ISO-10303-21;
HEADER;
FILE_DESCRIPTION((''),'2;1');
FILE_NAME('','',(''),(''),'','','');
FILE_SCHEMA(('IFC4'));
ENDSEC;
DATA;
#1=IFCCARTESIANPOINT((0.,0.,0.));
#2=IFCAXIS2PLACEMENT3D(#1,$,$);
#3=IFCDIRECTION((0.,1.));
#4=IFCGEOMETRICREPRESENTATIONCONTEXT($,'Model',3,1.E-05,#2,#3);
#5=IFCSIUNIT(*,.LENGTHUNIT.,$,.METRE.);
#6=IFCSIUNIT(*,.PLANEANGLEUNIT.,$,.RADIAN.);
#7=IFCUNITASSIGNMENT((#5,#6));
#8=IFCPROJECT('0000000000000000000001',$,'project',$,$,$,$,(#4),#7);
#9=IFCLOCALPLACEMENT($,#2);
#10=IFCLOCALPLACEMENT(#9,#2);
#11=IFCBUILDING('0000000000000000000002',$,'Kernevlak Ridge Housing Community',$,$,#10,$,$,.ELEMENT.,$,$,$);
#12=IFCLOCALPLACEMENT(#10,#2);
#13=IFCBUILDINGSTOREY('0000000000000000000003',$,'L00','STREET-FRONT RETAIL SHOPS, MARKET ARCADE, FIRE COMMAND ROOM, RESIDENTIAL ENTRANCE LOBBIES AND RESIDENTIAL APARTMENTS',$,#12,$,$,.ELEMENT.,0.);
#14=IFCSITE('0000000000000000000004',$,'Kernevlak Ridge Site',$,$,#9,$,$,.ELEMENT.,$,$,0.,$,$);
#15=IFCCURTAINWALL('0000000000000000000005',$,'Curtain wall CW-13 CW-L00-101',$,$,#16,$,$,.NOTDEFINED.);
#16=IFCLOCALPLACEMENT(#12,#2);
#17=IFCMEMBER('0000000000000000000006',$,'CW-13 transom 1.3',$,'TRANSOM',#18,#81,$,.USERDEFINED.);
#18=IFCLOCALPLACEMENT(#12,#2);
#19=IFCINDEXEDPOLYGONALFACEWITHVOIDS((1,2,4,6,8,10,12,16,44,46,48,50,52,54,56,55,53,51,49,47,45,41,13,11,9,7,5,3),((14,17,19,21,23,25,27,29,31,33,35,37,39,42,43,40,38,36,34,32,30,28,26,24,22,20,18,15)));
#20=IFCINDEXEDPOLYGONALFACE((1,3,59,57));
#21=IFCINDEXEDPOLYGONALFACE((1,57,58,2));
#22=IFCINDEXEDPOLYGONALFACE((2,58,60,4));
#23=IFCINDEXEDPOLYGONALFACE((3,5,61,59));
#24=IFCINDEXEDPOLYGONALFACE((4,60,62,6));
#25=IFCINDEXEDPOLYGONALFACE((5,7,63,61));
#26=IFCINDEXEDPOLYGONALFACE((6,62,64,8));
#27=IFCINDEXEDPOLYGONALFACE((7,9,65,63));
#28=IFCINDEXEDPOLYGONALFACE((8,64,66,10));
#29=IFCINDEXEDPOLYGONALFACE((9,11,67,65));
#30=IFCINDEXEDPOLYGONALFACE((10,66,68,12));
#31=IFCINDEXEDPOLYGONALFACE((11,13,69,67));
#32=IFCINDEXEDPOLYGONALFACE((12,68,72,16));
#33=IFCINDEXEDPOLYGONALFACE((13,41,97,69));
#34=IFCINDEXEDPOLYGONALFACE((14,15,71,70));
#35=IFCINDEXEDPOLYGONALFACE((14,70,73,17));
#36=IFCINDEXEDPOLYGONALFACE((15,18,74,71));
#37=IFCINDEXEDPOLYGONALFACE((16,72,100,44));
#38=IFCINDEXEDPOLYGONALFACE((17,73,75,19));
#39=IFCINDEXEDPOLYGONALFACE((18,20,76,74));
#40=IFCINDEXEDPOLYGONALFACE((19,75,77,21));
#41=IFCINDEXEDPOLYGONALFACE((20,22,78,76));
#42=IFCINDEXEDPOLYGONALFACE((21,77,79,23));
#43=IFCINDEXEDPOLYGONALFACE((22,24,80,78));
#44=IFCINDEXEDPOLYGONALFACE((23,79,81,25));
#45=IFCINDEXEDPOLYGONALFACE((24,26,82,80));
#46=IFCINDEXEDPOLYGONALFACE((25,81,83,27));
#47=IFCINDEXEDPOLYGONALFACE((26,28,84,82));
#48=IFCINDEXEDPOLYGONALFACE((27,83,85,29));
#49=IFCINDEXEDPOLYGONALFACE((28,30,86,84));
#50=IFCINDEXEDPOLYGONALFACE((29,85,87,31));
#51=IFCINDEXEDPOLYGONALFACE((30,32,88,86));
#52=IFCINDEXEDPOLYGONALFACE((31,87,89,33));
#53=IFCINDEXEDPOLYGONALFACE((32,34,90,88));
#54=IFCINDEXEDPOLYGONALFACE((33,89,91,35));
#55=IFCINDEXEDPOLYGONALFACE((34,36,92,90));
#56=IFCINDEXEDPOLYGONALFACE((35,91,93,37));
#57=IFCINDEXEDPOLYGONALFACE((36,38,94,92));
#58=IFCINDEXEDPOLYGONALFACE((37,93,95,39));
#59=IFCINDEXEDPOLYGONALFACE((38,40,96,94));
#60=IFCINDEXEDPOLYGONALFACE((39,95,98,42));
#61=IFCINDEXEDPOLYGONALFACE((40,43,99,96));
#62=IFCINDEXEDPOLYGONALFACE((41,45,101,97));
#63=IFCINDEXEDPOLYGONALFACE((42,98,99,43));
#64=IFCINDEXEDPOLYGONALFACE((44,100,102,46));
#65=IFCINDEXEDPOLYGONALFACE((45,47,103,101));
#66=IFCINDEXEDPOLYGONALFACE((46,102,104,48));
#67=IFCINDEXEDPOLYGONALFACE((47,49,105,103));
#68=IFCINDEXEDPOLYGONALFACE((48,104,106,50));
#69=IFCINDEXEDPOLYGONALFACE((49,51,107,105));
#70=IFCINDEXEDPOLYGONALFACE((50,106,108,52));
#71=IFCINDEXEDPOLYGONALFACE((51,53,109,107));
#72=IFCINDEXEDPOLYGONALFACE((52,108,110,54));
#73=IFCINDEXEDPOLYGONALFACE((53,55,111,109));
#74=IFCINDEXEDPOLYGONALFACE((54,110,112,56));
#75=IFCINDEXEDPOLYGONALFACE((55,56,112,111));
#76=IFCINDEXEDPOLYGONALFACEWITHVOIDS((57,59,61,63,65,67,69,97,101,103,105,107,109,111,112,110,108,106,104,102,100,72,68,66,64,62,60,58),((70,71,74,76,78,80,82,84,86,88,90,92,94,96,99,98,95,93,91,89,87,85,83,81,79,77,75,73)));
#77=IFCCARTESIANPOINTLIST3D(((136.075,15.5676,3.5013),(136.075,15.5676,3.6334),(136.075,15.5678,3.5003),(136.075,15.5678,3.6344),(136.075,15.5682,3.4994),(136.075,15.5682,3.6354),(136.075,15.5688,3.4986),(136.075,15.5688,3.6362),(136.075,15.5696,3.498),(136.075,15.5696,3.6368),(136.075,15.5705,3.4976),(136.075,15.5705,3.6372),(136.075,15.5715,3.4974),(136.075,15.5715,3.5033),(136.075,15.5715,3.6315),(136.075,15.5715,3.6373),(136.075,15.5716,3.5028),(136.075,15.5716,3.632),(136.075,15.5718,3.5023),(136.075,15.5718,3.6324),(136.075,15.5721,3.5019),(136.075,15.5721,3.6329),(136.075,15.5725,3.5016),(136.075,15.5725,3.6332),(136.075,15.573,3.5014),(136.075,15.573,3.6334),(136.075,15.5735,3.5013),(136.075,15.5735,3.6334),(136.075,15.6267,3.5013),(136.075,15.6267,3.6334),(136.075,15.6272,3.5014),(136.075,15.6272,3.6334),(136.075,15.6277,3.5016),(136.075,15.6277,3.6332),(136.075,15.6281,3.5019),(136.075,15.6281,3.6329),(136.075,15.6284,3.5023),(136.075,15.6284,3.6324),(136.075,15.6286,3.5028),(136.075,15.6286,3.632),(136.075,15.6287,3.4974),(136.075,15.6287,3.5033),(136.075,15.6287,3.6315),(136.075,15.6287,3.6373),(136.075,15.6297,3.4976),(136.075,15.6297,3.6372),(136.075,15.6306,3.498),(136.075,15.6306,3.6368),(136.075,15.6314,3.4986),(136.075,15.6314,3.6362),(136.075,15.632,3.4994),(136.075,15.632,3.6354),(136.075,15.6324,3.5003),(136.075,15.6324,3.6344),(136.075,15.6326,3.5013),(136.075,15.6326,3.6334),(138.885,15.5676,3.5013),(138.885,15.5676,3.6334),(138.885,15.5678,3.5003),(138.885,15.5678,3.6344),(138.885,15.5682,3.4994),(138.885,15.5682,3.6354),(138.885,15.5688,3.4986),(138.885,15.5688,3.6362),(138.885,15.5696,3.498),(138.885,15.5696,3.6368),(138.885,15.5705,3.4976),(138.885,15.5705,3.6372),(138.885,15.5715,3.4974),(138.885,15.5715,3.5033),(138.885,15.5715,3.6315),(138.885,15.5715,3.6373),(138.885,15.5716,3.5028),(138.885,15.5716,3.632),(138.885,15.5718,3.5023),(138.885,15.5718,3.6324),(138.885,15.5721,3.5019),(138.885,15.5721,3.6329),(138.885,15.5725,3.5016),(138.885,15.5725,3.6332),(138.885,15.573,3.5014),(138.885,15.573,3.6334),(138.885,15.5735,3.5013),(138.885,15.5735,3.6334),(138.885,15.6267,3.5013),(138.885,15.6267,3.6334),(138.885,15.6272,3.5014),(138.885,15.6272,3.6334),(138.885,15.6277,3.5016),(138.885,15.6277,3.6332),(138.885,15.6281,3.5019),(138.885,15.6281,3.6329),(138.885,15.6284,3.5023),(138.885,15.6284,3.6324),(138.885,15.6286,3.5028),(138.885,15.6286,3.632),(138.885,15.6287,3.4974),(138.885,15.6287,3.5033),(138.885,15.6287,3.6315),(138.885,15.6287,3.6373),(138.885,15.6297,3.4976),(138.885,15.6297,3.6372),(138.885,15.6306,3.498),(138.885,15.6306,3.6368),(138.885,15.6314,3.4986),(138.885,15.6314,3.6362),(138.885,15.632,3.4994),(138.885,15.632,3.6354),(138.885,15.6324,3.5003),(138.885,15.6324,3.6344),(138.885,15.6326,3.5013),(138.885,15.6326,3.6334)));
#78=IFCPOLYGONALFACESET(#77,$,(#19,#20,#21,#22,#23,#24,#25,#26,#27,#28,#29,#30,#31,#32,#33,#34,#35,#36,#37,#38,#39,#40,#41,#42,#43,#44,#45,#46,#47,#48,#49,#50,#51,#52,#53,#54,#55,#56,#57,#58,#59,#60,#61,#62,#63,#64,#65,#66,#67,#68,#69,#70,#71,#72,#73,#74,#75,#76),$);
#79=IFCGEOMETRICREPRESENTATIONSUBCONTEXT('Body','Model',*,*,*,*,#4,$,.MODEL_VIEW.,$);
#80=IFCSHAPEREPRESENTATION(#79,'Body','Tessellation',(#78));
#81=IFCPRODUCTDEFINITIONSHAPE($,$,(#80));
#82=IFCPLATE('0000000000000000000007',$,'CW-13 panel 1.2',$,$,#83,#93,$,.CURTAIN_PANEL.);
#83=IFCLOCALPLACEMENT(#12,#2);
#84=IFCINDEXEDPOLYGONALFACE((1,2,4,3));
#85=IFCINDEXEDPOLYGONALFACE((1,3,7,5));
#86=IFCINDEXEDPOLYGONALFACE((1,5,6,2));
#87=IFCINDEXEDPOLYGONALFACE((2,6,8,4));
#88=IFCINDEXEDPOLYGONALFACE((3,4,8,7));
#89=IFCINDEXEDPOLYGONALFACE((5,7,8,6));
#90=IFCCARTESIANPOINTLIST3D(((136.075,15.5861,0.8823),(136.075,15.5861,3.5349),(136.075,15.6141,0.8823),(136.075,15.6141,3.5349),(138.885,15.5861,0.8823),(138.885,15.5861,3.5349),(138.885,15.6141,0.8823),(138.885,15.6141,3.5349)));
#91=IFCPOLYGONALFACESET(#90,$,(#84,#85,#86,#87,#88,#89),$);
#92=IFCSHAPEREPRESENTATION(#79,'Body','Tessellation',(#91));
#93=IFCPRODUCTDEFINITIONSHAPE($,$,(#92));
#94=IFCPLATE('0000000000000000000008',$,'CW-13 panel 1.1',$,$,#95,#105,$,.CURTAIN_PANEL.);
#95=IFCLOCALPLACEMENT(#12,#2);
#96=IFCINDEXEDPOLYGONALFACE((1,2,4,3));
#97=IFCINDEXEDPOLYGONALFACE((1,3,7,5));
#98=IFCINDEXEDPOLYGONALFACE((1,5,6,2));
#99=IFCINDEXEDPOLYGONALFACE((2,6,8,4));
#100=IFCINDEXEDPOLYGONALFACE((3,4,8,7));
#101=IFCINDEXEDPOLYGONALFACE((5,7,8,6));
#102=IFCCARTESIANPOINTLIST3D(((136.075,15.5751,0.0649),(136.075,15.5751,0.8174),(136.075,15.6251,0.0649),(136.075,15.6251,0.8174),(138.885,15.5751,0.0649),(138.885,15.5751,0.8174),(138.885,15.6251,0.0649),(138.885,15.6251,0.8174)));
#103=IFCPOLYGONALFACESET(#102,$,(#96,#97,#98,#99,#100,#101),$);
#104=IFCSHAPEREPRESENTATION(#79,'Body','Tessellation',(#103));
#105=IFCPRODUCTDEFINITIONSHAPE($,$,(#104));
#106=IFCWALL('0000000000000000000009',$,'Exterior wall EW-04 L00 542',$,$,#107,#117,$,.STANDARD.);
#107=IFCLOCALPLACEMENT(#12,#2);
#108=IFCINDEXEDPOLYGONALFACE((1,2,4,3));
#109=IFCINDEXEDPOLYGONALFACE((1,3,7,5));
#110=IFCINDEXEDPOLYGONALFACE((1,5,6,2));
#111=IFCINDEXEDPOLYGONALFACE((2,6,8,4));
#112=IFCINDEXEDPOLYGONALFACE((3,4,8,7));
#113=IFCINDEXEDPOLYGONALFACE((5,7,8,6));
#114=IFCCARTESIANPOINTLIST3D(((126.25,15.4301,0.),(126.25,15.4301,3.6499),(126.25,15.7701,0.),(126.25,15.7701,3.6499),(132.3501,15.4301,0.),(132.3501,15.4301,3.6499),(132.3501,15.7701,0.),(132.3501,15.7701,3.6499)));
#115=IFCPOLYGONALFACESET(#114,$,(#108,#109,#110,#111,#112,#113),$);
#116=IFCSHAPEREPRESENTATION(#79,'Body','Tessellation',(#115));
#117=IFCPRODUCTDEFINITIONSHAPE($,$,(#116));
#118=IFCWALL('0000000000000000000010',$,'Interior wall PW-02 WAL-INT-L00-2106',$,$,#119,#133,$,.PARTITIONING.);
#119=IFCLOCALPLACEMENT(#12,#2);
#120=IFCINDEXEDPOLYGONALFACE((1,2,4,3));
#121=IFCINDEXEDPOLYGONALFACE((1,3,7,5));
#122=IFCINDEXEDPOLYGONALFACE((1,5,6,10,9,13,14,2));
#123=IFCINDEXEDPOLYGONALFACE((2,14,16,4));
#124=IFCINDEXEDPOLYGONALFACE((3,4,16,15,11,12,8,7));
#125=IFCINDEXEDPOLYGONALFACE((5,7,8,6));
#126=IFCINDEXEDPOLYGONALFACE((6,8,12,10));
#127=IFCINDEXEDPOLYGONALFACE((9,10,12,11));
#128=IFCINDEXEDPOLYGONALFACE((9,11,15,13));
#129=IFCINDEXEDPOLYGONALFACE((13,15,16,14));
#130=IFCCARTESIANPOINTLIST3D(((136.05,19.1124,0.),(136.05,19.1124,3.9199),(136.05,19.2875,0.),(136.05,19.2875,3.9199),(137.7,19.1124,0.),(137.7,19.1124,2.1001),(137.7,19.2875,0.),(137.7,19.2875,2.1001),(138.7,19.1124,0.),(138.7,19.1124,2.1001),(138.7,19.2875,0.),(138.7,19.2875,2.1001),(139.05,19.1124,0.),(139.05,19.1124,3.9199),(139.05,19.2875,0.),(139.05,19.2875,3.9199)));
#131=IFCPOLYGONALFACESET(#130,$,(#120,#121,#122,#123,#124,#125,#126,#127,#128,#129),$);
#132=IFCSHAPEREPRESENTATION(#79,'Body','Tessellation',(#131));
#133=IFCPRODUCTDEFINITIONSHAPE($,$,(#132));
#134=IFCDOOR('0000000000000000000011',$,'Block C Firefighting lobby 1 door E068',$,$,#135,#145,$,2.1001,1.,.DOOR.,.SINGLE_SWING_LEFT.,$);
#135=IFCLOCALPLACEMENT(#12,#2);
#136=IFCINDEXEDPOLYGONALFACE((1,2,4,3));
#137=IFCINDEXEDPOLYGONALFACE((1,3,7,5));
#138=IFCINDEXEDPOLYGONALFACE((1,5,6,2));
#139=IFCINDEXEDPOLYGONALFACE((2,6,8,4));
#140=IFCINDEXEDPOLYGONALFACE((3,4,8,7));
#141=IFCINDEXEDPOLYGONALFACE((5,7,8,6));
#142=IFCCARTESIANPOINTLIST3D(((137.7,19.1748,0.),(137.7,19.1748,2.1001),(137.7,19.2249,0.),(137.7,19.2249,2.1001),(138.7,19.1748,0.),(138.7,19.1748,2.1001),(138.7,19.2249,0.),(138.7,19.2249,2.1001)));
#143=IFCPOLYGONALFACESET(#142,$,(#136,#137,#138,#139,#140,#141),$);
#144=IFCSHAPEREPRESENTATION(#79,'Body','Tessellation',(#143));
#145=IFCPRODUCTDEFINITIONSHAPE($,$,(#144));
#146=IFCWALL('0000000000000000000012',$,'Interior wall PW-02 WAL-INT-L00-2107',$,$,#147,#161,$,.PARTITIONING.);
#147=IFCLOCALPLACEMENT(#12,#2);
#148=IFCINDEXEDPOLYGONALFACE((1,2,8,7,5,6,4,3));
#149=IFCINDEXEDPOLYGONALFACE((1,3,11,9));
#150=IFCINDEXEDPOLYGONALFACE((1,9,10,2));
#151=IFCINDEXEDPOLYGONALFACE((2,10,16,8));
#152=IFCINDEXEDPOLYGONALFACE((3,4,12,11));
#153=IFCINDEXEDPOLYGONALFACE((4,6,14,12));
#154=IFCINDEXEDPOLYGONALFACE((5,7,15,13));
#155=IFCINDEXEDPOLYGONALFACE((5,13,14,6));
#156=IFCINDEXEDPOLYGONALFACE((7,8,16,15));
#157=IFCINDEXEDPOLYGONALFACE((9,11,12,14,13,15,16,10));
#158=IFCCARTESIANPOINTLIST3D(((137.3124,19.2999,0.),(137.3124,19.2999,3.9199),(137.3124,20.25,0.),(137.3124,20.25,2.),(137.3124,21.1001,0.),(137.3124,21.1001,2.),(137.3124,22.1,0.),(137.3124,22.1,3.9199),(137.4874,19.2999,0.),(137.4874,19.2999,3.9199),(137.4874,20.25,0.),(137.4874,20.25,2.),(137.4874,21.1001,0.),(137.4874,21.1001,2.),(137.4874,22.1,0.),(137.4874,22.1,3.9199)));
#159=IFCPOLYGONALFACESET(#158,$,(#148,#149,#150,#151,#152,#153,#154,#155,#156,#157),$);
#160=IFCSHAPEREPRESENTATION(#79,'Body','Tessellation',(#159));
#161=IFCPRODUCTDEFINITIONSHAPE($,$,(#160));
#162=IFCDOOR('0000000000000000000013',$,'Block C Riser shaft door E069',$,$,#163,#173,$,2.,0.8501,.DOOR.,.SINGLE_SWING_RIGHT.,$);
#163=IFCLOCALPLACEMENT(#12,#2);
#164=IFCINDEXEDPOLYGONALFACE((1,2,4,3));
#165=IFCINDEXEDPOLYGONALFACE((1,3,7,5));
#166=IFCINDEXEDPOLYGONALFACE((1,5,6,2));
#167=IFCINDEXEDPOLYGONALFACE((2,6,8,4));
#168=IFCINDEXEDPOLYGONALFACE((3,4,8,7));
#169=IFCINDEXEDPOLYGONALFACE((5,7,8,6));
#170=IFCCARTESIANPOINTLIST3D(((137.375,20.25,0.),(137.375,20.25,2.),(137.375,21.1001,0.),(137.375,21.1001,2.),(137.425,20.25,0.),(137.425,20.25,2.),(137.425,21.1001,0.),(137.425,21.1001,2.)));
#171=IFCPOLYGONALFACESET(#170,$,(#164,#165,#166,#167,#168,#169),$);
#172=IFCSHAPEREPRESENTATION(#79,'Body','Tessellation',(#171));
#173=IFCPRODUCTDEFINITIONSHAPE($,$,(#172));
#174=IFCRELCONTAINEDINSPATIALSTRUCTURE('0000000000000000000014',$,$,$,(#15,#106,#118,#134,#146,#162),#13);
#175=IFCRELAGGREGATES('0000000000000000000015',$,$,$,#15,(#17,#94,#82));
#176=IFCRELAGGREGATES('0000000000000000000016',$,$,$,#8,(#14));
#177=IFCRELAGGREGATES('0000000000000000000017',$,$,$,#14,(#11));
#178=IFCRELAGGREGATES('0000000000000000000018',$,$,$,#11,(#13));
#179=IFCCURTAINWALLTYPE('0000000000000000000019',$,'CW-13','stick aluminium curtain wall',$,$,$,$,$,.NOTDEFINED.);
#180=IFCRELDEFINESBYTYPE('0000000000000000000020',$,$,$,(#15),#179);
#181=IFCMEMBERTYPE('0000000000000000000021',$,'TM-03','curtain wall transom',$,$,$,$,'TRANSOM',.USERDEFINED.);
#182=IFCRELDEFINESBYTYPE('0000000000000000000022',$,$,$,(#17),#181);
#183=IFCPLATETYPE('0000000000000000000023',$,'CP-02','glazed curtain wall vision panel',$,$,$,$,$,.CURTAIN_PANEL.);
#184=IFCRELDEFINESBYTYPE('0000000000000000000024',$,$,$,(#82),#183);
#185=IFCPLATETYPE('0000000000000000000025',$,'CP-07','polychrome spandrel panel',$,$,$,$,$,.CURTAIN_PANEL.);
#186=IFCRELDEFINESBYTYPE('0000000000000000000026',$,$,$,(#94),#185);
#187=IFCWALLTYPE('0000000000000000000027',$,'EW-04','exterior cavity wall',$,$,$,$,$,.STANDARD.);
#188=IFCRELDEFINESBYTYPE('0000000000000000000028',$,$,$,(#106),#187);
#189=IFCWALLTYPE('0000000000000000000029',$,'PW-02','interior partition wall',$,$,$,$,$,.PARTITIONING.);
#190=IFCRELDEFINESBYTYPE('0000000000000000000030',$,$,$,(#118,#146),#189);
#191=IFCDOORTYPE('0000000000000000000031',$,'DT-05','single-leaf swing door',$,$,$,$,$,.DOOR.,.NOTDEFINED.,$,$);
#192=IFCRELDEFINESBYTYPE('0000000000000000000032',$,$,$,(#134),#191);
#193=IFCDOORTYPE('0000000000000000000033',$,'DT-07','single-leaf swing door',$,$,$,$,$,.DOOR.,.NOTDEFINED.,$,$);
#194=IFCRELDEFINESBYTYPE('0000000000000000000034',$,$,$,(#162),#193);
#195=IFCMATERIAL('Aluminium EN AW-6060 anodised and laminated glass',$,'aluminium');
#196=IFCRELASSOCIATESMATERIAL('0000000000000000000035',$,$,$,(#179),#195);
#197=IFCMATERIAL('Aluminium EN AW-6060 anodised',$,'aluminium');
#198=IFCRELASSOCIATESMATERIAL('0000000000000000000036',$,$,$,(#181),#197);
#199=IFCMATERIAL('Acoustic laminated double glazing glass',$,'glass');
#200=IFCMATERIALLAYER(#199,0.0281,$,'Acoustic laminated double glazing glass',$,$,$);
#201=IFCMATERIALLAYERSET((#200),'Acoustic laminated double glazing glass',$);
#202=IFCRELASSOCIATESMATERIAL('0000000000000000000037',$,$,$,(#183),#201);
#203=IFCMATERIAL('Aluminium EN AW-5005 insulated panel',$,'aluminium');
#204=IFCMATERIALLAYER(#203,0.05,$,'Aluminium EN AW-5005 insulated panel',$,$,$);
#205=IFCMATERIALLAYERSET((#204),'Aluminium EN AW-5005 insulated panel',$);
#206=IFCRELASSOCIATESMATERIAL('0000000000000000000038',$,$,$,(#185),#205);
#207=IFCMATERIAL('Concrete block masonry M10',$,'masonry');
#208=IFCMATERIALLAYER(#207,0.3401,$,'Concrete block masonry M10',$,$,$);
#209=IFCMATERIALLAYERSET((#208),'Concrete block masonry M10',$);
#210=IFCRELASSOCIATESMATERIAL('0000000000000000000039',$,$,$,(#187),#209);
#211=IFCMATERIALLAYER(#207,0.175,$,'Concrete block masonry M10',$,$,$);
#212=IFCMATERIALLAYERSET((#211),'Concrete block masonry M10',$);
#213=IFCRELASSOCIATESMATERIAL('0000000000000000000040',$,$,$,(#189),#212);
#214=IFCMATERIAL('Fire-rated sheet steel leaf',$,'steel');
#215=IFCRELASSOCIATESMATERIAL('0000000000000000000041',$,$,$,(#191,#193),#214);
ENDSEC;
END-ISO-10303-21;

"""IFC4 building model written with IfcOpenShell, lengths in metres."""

from ifc_helpers import new_model, si_unit, direction, frame, frame_2d, origin, origin_2d, place, context, subcontext, project, spatial, rectangle, hollow_rectangle, extrude, material, layer, layer_set, material_profile, profile_set, type_object, element, fill, aggregate, save


model = new_model("IFC4")

# Units and contexts
model_context = context("Model", 3, precision=1e-05, world=origin(), true_north=direction((0.0, 1.0)))
body_context = subcontext(model_context, "Body", "Model", "MODEL_VIEW")
ifc_project = project(units=[si_unit("LENGTHUNIT", "METRE"), si_unit("PLANEANGLEUNIT", "RADIAN")], contexts=[model_context])

# Site, building, storey
site_placement = place(None, origin())
site = spatial("IfcSite", under=ifc_project, at=site_placement, Name="Kernevlak Ridge Site", CompositionType="ELEMENT", RefElevation=0.0)
building_placement = place(site_placement, origin())
building = spatial("IfcBuilding", under=site, at=building_placement, Name="Kernevlak Ridge Housing Community", CompositionType="ELEMENT")
storey_placement = place(building_placement, origin())
storey = spatial("IfcBuildingStorey", under=building, at=storey_placement, Name="L00", Description="STREET-FRONT RETAIL SHOPS, MARKET ARCADE, FIRE COMMAND ROOM, RESIDENTIAL ENTRANCE LOBBIES AND RESIDENTIAL APARTMENTS", CompositionType="ELEMENT", Elevation=0.0)

# Curtain wall
ifc_material_1 = material(Name="Aluminium EN AW-6060 anodised and laminated glass", Category="aluminium")
curtain_wall_type = type_object("IfcCurtainWallType", Name="CW-13", Description="stick aluminium curtain wall", PredefinedType="NOTDEFINED", material=ifc_material_1)
curtain_wall_placement = place(storey_placement, origin())
curtain_wall = element("IfcCurtainWall", 1, at=curtain_wall_placement, inside=storey, type_object=curtain_wall_type, Name="Curtain wall CW-13 CW-L00-101", PredefinedType="NOTDEFINED")
ifc_material_2 = material(Name="Aluminium EN AW-6060 anodised", Category="aluminium")

# Member
ifc_material_profile_1 = material_profile(ifc_material_2, hollow_rectangle(XDim=0.0649, YDim=0.1399, WallThickness=0.0039, InnerFilletRadius=0.002, OuterFilletRadius=0.0039, at=origin_2d()), Name="ALU 65x140x4")
ifc_profile_set_1 = profile_set([ifc_material_profile_1], Name="Aluminium EN AW-6060 anodised")
member_type_1 = type_object("IfcMemberType", Name="TM-03", Description="curtain wall transom", ElementType="TRANSOM", PredefinedType="USERDEFINED", material=ifc_profile_set_1)
member_1_placement = place(storey_placement, frame((136.075, 15.6001, 3.5674), z_axis=(1.0, 0.0, 0.0), x_axis=(0.0, 1.0, 0.0)))
member_1 = element("IfcMember", 2, at=member_1_placement, type_object=member_type_1, Name="CW-13 transom 1.3", ObjectType="TRANSOM", PredefinedType="USERDEFINED", context=body_context, shape_type="SweptSolid", body=[
    extrude(hollow_rectangle(XDim=0.0649, YDim=0.1399, WallThickness=0.0039, InnerFilletRadius=0.002, OuterFilletRadius=0.0039, at=origin_2d()), origin(), (0.0, 0.0, 1.0), 2.8101),
])

# Plates
ifc_material_3 = material(Name="Acoustic laminated double glazing glass", Category="glass")
ifc_layer_1 = layer(ifc_material_3, 0.0281, Name="Acoustic laminated double glazing glass")
ifc_layer_set_1 = layer_set([ifc_layer_1], Name="Acoustic laminated double glazing glass")
plate_type_1 = type_object("IfcPlateType", Name="CP-02", Description="glazed curtain wall vision panel", PredefinedType="CURTAIN_PANEL", material=ifc_layer_set_1)
plate_1_placement = place(storey_placement, frame((137.48, 15.6001, 0.8823), z_axis=(0.0, 0.0, 1.0), x_axis=(1.0, 0.0, 0.0)))
plate_1 = element("IfcPlate", 3, at=plate_1_placement, type_object=plate_type_1, Name="CW-13 panel 1.2", PredefinedType="CURTAIN_PANEL", context=body_context, shape_type="SweptSolid", body=[
    extrude(rectangle(XDim=2.8101, YDim=0.0281, at=origin_2d()), origin(), (0.0, 0.0, 1.0), 2.6526),
])
ifc_material_4 = material(Name="Aluminium EN AW-5005 insulated panel", Category="aluminium")
ifc_layer_2 = layer(ifc_material_4, 0.05, Name="Aluminium EN AW-5005 insulated panel")
ifc_layer_set_2 = layer_set([ifc_layer_2], Name="Aluminium EN AW-5005 insulated panel")
plate_type_2 = type_object("IfcPlateType", Name="CP-07", Description="polychrome spandrel panel", PredefinedType="CURTAIN_PANEL", material=ifc_layer_set_2)
plate_2_placement = place(storey_placement, frame((137.48, 15.6001, 0.0649), z_axis=(0.0, 0.0, 1.0), x_axis=(1.0, 0.0, 0.0)))
plate_2 = element("IfcPlate", 4, at=plate_2_placement, type_object=plate_type_2, Name="CW-13 panel 1.1", PredefinedType="CURTAIN_PANEL", context=body_context, shape_type="SweptSolid", body=[
    extrude(rectangle(XDim=2.8101, YDim=0.05, at=origin_2d()), origin(), (0.0, 0.0, 1.0), 0.7524),
])
aggregate(curtain_wall, [member_1, plate_2, plate_1])

# Wall
ifc_material_5 = material(Name="Concrete block masonry M10", Category="masonry")
ifc_layer_3 = layer(ifc_material_5, 0.3401, Name="Concrete block masonry M10")
ifc_layer_set_3 = layer_set([ifc_layer_3], Name="Concrete block masonry M10")
wall_type_1 = type_object("IfcWallType", Name="EW-04", Description="exterior cavity wall", PredefinedType="STANDARD", material=ifc_layer_set_3)
wall_1_placement = place(storey_placement, frame((126.25, 15.6001, 0.0), z_axis=(0.0, 0.0, 1.0), x_axis=(1.0, 0.0, 0.0)))
element("IfcWall", 5, at=wall_1_placement, inside=storey, type_object=wall_type_1, Name="Exterior wall EW-04 L00 542", PredefinedType="STANDARD", context=body_context, shape_type="SweptSolid", body=[
    extrude(rectangle(XDim=6.1001, YDim=0.3401, at=frame_2d((3.05, 0.0))), origin(), (0.0, 0.0, 1.0), 3.6499),
])

# Walls, openings, doors
ifc_material_6 = material(Name="Fire-rated sheet steel leaf", Category="steel")
ifc_layer_4 = layer(ifc_material_5, 0.175, Name="Concrete block masonry M10")
ifc_layer_set_4 = layer_set([ifc_layer_4], Name="Concrete block masonry M10")
wall_type_2 = type_object("IfcWallType", Name="PW-02", Description="interior partition wall", PredefinedType="PARTITIONING", material=ifc_layer_set_4)
wall_2_placement = place(storey_placement, frame((136.05, 19.2, 0.0), z_axis=(0.0, 0.0, 1.0), x_axis=(1.0, 0.0, 0.0)))
wall_2 = element("IfcWall", 6, at=wall_2_placement, inside=storey, type_object=wall_type_2, Name="Interior wall PW-02 WAL-INT-L00-2106", PredefinedType="PARTITIONING", context=body_context, shape_type="SweptSolid", body=[
    extrude(rectangle(XDim=3.0, YDim=0.175, at=frame_2d((1.5, 0.0))), origin(), (0.0, 0.0, 1.0), 3.9199),
])
opening_1_placement = place(wall_2_placement, frame((1.6499, 0.0, 0.0)))
opening_1 = element("IfcOpeningElement", 7, at=opening_1_placement, cuts=wall_2, PredefinedType="OPENING", context=body_context, shape_type="SweptSolid", body=[
    extrude(rectangle(XDim=1.0, YDim=2.1001, at=frame_2d((0.5, 1.05))), frame((0.0, 0.0974, 0.0), z_axis=(0.0, -1.0, 0.0), x_axis=(1.0, 0.0, 0.0)), (0.0, 0.0, 1.0), 0.1951),
])
door_type_1 = type_object("IfcDoorType", Name="DT-05", Description="single-leaf swing door", OperationType="NOTDEFINED", PredefinedType="DOOR", material=ifc_material_6)
door_1_placement = place(opening_1_placement, origin())
door_1 = element("IfcDoor", 8, at=door_1_placement, inside=storey, type_object=door_type_1, Name="Block C Firefighting lobby 1 door E068", OperationType="SINGLE_SWING_LEFT", OverallHeight=2.1001, OverallWidth=1.0, PredefinedType="DOOR", context=body_context, shape_type="SweptSolid", body=[
    extrude(rectangle(XDim=1.0, YDim=2.1001, at=frame_2d((0.5, 1.05))), frame((0.0, 0.0249, 0.0), z_axis=(0.0, -1.0, 0.0), x_axis=(1.0, 0.0, 0.0)), (0.0, 0.0, 1.0), 0.05),
])
fill(opening_1, door_1)
wall_3_placement = place(storey_placement, frame((137.3999, 19.3, 0.0), z_axis=(0.0, 0.0, 1.0), x_axis=(0.0, 1.0, 0.0)))
wall_3 = element("IfcWall", 9, at=wall_3_placement, inside=storey, type_object=wall_type_2, Name="Interior wall PW-02 WAL-INT-L00-2107", PredefinedType="PARTITIONING", context=body_context, shape_type="SweptSolid", body=[
    extrude(rectangle(XDim=2.8, YDim=0.175, at=frame_2d((1.3999, 0.0))), origin(), (0.0, 0.0, 1.0), 3.9199),
])
opening_2_placement = place(wall_3_placement, frame((0.95, 0.0, 0.0)))
opening_2 = element("IfcOpeningElement", 10, at=opening_2_placement, cuts=wall_3, PredefinedType="OPENING", context=body_context, shape_type="SweptSolid", body=[
    extrude(rectangle(XDim=0.8501, YDim=2.0, at=frame_2d((0.425, 1.0))), frame((0.0, 0.0974, 0.0), z_axis=(0.0, -1.0, 0.0), x_axis=(1.0, 0.0, 0.0)), (0.0, 0.0, 1.0), 0.1951),
])
door_type_2 = type_object("IfcDoorType", Name="DT-07", Description="single-leaf swing door", OperationType="NOTDEFINED", PredefinedType="DOOR", material=ifc_material_6)
door_2_placement = place(opening_2_placement, origin())
door_2 = element("IfcDoor", 11, at=door_2_placement, inside=storey, type_object=door_type_2, Name="Block C Riser shaft door E069", OperationType="SINGLE_SWING_RIGHT", OverallHeight=2.0, OverallWidth=0.8501, PredefinedType="DOOR", context=body_context, shape_type="SweptSolid", body=[
    extrude(rectangle(XDim=0.8501, YDim=2.0, at=frame_2d((0.425, 1.0))), frame((0.0, 0.0249, 0.0), z_axis=(0.0, -1.0, 0.0), x_axis=(1.0, 0.0, 0.0)), (0.0, 0.0, 1.0), 0.05),
])
fill(opening_2, door_2)

save(model, "model.ifc")
